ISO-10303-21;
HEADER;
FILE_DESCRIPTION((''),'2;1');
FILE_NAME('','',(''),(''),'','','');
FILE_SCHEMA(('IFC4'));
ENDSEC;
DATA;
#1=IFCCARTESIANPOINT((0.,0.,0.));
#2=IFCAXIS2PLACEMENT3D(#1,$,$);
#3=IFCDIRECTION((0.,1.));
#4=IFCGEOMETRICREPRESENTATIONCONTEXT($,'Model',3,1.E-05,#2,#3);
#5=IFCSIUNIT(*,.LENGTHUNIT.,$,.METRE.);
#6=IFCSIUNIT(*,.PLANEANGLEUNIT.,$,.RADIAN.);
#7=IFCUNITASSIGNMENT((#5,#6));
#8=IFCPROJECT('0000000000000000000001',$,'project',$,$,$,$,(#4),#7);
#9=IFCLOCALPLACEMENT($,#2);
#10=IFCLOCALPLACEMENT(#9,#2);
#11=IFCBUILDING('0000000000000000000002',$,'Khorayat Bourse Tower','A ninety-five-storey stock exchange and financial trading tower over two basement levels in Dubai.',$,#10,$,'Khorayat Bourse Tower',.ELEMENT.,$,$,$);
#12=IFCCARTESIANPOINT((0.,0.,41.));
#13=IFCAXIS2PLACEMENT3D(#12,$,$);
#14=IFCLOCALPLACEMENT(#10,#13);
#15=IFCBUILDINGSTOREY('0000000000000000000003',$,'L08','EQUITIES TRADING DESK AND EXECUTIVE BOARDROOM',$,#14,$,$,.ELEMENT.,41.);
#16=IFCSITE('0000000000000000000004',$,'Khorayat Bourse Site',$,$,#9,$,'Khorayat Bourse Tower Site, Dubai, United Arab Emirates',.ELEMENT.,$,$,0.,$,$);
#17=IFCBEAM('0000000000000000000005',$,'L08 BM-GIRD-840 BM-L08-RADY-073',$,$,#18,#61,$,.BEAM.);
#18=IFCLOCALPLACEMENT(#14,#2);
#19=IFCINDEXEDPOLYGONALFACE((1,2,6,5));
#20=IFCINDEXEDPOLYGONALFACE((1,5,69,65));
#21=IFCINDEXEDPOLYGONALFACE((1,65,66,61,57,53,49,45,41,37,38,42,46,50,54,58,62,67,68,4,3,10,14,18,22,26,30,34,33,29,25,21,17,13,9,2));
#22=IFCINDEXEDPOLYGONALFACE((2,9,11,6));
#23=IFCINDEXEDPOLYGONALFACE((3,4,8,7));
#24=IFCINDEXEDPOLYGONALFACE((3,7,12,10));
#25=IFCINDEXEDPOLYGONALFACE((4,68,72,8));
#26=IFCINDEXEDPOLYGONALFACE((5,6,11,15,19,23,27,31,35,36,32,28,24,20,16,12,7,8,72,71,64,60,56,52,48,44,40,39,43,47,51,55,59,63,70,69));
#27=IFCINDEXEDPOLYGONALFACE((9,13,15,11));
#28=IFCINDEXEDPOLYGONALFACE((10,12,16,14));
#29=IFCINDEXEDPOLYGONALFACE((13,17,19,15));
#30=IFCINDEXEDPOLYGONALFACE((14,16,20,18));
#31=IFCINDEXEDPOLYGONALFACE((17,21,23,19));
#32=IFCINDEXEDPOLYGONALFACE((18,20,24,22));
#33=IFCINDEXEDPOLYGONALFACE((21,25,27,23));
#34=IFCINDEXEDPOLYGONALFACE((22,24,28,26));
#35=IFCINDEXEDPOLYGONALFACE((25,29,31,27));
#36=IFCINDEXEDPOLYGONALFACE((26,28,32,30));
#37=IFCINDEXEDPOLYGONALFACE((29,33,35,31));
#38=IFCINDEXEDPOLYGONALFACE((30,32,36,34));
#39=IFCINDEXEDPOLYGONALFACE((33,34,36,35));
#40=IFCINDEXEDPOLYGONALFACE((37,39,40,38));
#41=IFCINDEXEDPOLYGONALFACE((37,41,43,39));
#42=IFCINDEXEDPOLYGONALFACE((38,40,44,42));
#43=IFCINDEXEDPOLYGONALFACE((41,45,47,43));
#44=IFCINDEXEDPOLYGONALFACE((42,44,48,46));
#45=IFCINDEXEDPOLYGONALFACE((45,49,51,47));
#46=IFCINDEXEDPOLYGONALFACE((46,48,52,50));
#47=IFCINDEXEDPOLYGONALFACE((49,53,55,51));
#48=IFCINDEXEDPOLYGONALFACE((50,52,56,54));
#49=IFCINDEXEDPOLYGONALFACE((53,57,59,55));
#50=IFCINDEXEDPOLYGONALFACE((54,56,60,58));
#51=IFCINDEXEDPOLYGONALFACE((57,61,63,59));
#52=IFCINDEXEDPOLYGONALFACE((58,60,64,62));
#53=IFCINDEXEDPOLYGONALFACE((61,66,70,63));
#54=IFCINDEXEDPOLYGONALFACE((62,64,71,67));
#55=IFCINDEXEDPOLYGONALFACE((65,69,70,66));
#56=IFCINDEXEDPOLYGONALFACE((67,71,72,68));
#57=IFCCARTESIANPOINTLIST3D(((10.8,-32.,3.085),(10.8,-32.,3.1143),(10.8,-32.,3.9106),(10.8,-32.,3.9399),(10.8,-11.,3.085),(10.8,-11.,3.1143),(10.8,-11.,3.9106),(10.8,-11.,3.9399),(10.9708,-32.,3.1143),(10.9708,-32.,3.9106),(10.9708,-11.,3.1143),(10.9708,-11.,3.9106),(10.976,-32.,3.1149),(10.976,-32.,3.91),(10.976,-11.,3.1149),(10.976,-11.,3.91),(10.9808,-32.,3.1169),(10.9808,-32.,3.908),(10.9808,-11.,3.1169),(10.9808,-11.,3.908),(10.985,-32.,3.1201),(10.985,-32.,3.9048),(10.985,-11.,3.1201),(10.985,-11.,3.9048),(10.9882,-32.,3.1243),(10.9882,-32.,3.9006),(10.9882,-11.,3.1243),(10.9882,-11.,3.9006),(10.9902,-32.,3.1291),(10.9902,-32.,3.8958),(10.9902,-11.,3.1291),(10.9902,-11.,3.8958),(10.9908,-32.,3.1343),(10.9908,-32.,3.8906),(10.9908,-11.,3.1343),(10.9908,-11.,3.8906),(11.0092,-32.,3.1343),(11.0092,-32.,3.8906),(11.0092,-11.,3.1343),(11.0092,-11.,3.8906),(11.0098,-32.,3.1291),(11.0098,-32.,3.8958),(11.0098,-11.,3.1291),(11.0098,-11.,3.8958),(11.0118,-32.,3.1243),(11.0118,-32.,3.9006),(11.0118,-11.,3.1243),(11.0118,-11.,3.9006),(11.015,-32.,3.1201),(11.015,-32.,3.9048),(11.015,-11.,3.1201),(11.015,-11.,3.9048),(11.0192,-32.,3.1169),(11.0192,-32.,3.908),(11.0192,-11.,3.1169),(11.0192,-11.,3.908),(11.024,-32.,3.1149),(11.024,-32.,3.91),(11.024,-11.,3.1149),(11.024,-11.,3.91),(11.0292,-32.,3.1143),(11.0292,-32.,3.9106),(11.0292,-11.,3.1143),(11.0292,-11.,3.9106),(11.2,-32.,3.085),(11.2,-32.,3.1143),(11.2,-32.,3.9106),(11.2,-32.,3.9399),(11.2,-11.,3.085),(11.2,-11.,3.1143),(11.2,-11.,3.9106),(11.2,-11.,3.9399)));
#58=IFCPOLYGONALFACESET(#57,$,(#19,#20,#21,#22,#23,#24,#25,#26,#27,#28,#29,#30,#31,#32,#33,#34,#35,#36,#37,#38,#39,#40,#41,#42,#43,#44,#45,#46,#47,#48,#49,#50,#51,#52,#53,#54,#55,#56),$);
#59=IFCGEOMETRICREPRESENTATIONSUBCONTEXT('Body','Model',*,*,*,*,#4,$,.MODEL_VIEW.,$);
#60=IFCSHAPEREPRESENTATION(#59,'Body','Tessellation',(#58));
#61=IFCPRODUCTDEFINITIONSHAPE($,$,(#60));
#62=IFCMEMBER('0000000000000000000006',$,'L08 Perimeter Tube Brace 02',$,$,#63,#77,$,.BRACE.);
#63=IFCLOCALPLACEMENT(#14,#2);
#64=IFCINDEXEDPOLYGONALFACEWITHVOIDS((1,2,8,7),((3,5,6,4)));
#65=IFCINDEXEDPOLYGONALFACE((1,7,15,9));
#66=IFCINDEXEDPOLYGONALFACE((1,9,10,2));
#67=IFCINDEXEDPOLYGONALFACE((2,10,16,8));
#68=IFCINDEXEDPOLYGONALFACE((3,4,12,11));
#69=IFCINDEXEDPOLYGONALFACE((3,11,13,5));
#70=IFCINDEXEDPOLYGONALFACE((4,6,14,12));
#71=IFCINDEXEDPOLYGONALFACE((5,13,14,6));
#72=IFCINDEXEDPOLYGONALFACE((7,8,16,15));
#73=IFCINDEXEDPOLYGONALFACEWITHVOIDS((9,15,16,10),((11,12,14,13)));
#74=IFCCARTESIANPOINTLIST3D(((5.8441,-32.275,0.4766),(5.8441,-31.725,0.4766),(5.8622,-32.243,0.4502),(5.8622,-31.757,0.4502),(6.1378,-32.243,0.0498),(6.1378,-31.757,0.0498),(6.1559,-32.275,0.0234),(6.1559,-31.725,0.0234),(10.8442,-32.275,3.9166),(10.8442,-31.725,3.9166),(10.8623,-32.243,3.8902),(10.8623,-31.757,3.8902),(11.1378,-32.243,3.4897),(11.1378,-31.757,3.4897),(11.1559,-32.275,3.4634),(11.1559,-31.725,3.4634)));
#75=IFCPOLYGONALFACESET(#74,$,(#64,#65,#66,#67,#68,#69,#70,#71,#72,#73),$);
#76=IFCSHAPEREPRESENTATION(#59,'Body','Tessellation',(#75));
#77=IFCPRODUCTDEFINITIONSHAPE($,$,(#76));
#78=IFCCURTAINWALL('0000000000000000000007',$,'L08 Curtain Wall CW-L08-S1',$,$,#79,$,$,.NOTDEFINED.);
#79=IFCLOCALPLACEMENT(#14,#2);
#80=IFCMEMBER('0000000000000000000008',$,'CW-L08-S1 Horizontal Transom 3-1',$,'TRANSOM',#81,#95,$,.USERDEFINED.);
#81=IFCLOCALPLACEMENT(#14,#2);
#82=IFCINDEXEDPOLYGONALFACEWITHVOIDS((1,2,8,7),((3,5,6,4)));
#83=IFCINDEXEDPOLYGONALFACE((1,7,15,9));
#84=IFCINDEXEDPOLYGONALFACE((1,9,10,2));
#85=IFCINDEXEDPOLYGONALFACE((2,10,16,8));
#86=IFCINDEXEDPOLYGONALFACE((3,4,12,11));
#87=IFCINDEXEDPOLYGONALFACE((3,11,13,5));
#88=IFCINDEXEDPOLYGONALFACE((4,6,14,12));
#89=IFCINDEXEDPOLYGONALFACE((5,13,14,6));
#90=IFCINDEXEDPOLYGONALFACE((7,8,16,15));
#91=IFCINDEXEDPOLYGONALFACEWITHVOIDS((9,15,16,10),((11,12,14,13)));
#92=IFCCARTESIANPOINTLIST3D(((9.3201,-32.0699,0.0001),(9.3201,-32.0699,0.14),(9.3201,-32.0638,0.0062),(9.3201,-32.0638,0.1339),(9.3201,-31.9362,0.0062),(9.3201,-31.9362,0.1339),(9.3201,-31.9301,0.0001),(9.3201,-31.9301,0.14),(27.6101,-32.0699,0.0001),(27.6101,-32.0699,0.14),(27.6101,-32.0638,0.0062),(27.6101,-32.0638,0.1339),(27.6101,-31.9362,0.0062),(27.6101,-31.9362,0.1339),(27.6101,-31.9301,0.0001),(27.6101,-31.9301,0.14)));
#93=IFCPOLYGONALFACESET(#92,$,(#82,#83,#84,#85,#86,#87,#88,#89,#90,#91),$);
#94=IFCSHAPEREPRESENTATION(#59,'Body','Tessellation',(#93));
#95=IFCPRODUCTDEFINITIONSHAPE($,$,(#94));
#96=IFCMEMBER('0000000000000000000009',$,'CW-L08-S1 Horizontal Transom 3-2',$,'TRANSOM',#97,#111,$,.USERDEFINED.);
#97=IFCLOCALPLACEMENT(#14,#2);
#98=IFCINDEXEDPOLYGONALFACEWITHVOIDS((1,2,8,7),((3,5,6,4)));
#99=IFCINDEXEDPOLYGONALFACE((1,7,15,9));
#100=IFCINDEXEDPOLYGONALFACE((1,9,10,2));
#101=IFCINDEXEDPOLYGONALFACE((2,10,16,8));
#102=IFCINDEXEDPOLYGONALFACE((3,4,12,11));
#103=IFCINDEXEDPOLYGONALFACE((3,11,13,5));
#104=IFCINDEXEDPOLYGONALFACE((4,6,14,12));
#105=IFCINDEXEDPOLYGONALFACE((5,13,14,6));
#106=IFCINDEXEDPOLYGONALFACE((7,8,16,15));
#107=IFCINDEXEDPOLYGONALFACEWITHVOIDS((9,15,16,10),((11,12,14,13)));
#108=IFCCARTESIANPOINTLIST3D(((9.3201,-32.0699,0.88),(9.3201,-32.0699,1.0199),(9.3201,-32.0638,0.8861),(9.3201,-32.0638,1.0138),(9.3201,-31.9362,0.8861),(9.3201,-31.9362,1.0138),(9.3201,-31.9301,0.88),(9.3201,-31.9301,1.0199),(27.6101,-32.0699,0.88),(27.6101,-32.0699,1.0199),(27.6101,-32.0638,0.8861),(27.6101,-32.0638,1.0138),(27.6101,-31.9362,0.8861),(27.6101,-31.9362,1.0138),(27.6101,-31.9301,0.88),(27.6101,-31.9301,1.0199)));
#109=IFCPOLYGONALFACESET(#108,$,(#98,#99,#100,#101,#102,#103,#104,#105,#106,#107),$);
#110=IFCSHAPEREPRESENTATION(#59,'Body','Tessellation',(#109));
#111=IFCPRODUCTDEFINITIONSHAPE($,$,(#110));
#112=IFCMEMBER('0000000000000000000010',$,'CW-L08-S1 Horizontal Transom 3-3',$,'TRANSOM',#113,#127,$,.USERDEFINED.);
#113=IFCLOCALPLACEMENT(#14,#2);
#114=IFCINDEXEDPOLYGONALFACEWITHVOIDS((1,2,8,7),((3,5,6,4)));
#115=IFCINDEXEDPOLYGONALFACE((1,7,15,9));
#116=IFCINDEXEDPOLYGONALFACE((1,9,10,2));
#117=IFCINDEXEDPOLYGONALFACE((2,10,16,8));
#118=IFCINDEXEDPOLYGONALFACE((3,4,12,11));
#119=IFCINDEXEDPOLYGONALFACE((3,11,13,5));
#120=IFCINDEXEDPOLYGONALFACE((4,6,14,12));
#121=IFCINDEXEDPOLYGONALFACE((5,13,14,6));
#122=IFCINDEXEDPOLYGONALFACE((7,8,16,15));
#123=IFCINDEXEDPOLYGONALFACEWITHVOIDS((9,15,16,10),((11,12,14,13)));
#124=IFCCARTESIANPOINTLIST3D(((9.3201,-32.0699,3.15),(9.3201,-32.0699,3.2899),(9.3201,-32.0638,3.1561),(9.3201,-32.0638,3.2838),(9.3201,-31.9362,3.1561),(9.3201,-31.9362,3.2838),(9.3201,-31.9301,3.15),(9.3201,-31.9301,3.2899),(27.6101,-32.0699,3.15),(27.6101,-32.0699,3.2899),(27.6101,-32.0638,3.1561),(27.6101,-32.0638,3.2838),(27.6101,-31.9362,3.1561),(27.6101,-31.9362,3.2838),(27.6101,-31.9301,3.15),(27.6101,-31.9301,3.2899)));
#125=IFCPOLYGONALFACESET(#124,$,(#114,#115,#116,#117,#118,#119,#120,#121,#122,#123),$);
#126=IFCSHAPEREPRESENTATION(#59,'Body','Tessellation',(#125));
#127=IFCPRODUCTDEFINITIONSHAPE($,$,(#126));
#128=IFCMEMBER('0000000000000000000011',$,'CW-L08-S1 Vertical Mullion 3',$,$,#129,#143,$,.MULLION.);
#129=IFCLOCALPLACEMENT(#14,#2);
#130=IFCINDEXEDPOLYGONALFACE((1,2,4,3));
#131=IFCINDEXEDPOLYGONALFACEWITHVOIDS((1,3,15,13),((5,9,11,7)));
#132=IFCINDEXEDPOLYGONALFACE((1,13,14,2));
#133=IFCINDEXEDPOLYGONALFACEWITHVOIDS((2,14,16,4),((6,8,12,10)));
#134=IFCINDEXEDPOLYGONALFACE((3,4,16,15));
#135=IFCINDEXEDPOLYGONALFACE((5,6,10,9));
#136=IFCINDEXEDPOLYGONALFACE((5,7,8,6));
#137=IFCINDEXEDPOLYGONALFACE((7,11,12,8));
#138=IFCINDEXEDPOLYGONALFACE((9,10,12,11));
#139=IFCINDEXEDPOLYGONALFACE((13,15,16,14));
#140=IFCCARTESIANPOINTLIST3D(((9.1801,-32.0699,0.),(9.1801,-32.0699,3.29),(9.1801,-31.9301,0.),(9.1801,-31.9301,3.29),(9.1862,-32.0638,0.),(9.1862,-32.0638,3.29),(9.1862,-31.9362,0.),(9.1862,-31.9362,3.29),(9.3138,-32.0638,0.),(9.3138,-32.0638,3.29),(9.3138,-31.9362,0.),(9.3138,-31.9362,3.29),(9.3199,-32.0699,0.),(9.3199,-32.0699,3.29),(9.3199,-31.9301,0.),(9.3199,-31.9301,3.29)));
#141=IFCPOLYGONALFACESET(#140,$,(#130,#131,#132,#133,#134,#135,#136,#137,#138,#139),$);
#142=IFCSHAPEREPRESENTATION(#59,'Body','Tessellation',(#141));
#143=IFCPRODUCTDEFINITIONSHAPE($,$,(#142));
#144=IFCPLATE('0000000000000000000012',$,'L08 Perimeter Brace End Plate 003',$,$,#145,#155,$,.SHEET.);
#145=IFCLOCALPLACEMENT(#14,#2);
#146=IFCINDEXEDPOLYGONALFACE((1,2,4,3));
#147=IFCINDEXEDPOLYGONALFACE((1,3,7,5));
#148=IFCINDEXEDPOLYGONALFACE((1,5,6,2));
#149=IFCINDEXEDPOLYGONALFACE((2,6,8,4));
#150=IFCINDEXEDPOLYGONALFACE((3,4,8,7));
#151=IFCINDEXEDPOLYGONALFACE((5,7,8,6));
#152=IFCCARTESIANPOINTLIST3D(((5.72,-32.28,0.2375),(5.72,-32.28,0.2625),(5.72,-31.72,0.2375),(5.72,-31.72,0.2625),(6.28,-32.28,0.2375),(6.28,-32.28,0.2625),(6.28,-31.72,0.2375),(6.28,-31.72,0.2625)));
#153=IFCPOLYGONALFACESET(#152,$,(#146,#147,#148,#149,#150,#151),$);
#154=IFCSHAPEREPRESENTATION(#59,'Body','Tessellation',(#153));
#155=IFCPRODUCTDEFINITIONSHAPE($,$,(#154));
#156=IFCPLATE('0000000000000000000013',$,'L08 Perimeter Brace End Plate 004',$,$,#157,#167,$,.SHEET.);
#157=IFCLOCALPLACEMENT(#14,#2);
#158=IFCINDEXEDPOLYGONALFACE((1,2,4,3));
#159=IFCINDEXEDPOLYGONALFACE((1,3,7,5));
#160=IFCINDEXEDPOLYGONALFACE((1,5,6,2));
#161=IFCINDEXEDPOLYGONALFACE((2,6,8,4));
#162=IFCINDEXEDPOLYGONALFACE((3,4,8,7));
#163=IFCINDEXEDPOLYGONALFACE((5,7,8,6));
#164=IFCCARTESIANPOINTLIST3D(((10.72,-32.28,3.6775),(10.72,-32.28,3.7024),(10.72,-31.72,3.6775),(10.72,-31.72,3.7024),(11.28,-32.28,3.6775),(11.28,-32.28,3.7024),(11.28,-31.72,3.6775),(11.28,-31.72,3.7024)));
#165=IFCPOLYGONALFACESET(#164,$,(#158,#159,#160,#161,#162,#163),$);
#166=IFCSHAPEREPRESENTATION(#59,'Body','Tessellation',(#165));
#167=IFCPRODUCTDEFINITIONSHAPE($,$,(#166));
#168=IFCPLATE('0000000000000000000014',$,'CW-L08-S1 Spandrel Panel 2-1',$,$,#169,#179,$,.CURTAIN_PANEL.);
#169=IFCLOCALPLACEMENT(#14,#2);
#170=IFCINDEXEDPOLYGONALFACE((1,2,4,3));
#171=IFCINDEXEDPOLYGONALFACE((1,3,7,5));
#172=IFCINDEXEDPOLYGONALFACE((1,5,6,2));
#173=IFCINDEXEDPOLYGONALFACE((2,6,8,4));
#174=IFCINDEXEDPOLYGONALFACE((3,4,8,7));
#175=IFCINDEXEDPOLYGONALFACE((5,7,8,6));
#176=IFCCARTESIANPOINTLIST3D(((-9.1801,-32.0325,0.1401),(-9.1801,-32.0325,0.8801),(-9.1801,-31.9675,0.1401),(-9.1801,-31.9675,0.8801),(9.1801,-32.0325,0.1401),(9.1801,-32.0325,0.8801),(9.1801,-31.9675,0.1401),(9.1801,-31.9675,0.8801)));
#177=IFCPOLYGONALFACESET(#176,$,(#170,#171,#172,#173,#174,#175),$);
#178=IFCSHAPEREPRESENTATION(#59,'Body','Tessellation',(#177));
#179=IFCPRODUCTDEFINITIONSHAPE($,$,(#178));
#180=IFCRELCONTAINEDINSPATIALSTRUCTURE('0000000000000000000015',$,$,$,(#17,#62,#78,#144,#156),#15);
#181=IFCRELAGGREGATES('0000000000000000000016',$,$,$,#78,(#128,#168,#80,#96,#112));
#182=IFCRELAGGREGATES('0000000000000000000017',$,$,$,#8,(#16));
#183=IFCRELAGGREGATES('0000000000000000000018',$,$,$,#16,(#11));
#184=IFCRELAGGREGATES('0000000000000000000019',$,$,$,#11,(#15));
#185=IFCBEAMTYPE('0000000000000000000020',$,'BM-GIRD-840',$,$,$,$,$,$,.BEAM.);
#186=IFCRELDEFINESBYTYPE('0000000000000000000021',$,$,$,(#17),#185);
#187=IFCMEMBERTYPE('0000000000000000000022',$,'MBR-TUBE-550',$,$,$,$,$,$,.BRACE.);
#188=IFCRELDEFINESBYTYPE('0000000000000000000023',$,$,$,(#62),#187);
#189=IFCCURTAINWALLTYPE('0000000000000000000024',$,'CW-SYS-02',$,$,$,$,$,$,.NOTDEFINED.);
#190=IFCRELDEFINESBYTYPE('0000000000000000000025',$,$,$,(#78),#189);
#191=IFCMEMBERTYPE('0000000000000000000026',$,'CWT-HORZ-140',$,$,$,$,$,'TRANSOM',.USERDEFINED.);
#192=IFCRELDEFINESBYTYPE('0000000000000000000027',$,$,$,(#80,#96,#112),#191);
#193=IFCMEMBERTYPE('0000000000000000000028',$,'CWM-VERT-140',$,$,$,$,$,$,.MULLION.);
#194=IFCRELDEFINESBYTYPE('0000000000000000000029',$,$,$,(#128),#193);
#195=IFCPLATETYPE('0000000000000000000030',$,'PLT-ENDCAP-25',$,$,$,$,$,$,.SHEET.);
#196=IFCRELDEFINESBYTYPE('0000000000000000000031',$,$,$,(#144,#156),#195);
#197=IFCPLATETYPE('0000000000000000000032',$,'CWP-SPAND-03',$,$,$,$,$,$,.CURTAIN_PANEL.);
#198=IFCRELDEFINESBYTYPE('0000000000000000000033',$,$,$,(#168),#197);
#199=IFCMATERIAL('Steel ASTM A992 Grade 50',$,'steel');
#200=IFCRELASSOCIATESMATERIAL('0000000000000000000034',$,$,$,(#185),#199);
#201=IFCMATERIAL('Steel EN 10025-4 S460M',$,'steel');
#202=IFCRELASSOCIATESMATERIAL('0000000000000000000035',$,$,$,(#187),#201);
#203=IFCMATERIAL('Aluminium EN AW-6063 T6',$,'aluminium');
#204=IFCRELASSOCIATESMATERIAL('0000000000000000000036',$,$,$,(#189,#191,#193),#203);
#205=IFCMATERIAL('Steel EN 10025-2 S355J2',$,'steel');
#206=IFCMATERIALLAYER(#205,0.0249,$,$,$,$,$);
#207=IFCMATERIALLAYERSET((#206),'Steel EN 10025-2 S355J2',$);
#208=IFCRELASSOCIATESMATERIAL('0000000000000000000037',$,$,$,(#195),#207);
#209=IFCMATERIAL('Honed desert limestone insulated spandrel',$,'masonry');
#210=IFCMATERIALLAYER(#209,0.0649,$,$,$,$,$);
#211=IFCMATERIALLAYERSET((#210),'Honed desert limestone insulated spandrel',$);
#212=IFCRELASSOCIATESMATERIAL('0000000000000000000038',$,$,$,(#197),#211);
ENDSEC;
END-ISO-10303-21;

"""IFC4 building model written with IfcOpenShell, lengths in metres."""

from ifc_helpers import new_model, si_unit, direction, frame, origin, origin_2d, place, context, subcontext, project, spatial, rectangle, hollow_rectangle, i_section, extrude, source, transform, mapped, material, layer, layer_set, material_profile, profile_set, type_object, element, aggregate, save


model = new_model("IFC4")

# Units and contexts
model_context = context("Model", 3, precision=1e-05, world=origin(), true_north=direction((0.0, 1.0)))
body_context = subcontext(model_context, "Body", "Model", "MODEL_VIEW")
ifc_project = project(units=[si_unit("LENGTHUNIT", "METRE"), si_unit("PLANEANGLEUNIT", "RADIAN")], contexts=[model_context])

# Site, building, storey
site_placement = place(None, origin())
site = spatial("IfcSite", under=ifc_project, at=site_placement, Name="Khorayat Bourse Site", LongName="Khorayat Bourse Tower Site, Dubai, United Arab Emirates", CompositionType="ELEMENT", RefElevation=0.0)
building_placement = place(site_placement, origin())
building = spatial("IfcBuilding", under=site, at=building_placement, Name="Khorayat Bourse Tower", Description="A ninety-five-storey stock exchange and financial trading tower over two basement levels in Dubai.", LongName="Khorayat Bourse Tower", CompositionType="ELEMENT")
storey_placement = place(building_placement, frame((0.0, 0.0, 41.0)))
storey = spatial("IfcBuildingStorey", under=building, at=storey_placement, Name="L08", Description="EQUITIES TRADING DESK AND EXECUTIVE BOARDROOM", CompositionType="ELEMENT", Elevation=41.0)

# Shared definitions
ifc_material_1 = material(Name="Steel EN 10025-4 S460M", Category="steel")

# Beam
ifc_material_2 = material(Name="Steel ASTM A992 Grade 50", Category="steel")
ifc_material_profile_1 = material_profile(ifc_material_2, i_section(OverallWidth=0.3999, OverallDepth=0.855, WebThickness=0.0183, FlangeThickness=0.0293, FilletRadius=0.02, at=origin_2d()), Name="W840X299")
ifc_profile_set_1 = profile_set([ifc_material_profile_1], Name="Steel ASTM A992 Grade 50")
beam_type_1 = type_object("IfcBeamType", Name="BM-GIRD-840", PredefinedType="BEAM", material=ifc_profile_set_1)
shared_shape_1 = source(origin(), body_context, "Body", "SweptSolid", [
    extrude(i_section(OverallWidth=0.3999, OverallDepth=0.855, WebThickness=0.0183, FlangeThickness=0.0293, FilletRadius=0.02, at=origin_2d()), origin(), (0.0, 0.0, 1.0), 21.0),
])
for number, where, z_axis, x_axis, name in (
    (1, (11.0, -32.0, 3.5125), (0.0, 1.0, 0.0), (-1.0, 0.0, 0.0), "L08 BM-GIRD-840 BM-L08-RADY-073"),
):
    element("IfcBeam", number, at=place(storey_placement, frame(where, z_axis=z_axis, x_axis=x_axis)), inside=storey, type_object=beam_type_1, Name=name, PredefinedType="BEAM", context=body_context, shape_type="MappedRepresentation", body=[
        mapped(shared_shape_1, transform((0.0, 0.0, 0.0), scale=1.0)),
    ])

# Member
ifc_material_profile_2 = material_profile(ifc_material_1, hollow_rectangle(XDim=0.55, YDim=0.55, WallThickness=0.032, at=origin_2d()), Name="HSS 550x550x32")
ifc_profile_set_2 = profile_set([ifc_material_profile_2], Name="Steel EN 10025-4 S460M")
member_type_1 = type_object("IfcMemberType", Name="MBR-TUBE-550", PredefinedType="BRACE", material=ifc_profile_set_2)
shared_shape_2 = source(origin(), body_context, "Body", "SweptSolid", [
    extrude(hollow_rectangle(XDim=0.55, YDim=0.55, WallThickness=0.032, at=origin_2d()), origin(), (0.0, 0.0, 1.0), 6.0691),
])
member_1_placement = place(storey_placement, frame((6.0, -32.0, 0.25), z_axis=(0.823854, 0.0, 0.566802), x_axis=(0.0, 1.0, 0.0)))
element("IfcMember", 2, at=member_1_placement, inside=storey, type_object=member_type_1, Name="L08 Perimeter Tube Brace 02", PredefinedType="BRACE", context=body_context, shape_type="MappedRepresentation", body=[
    mapped(shared_shape_2, transform((0.0, 0.0, 0.0), scale=1.0)),
])

# Curtain wall, members
ifc_material_3 = material(Name="Aluminium EN AW-6063 T6", Category="aluminium")
curtain_wall_type = type_object("IfcCurtainWallType", Name="CW-SYS-02", PredefinedType="NOTDEFINED", material=ifc_material_3)
curtain_wall_placement = place(storey_placement, origin())
curtain_wall = element("IfcCurtainWall", 3, at=curtain_wall_placement, inside=storey, type_object=curtain_wall_type, Name="L08 Curtain Wall CW-L08-S1", PredefinedType="NOTDEFINED")
ifc_material_profile_3 = material_profile(ifc_material_3, hollow_rectangle(XDim=0.1399, YDim=0.1399, WallThickness=0.0061, at=origin_2d()), Name="ALU 140x140x6")
ifc_profile_set_3 = profile_set([ifc_material_profile_3], Name="Aluminium EN AW-6063 T6")
member_type_2 = type_object("IfcMemberType", Name="CWT-HORZ-140", ElementType="TRANSOM", PredefinedType="USERDEFINED", material=ifc_profile_set_3)
shared_shape_3 = source(origin(), body_context, "Body", "SweptSolid", [
    extrude(hollow_rectangle(XDim=0.1399, YDim=0.1399, WallThickness=0.0061, at=origin_2d()), origin(), (0.0, 0.0, 1.0), 18.29),
])
member_2_placement = place(storey_placement, frame((9.3201, -32.0, 0.0701), z_axis=(1.0, 0.0, 0.0), x_axis=(0.0, 1.0, 0.0)))
member_2 = element("IfcMember", 4, at=member_2_placement, type_object=member_type_2, Name="CW-L08-S1 Horizontal Transom 3-1", ObjectType="TRANSOM", PredefinedType="USERDEFINED", context=body_context, shape_type="MappedRepresentation", body=[
    mapped(shared_shape_3, transform((0.0, 0.0, 0.0), scale=1.0)),
])
member_3_placement = place(storey_placement, frame((9.3201, -32.0, 0.95), z_axis=(1.0, 0.0, 0.0), x_axis=(0.0, 1.0, 0.0)))
member_3 = element("IfcMember", 5, at=member_3_placement, type_object=member_type_2, Name="CW-L08-S1 Horizontal Transom 3-2", ObjectType="TRANSOM", PredefinedType="USERDEFINED", context=body_context, shape_type="MappedRepresentation", body=[
    mapped(shared_shape_3, transform((0.0, 0.0, 0.0), scale=1.0)),
])
member_4_placement = place(storey_placement, frame((9.3201, -32.0, 3.22), z_axis=(1.0, 0.0, 0.0), x_axis=(0.0, 1.0, 0.0)))
member_4 = element("IfcMember", 6, at=member_4_placement, type_object=member_type_2, Name="CW-L08-S1 Horizontal Transom 3-3", ObjectType="TRANSOM", PredefinedType="USERDEFINED", context=body_context, shape_type="MappedRepresentation", body=[
    mapped(shared_shape_3, transform((0.0, 0.0, 0.0), scale=1.0)),
])
ifc_material_profile_4 = material_profile(ifc_material_3, hollow_rectangle(XDim=0.1399, YDim=0.1399, WallThickness=0.0061, at=origin_2d()), Name="ALU 140x140x6")
ifc_profile_set_4 = profile_set([ifc_material_profile_4], Name="Aluminium EN AW-6063 T6")
member_type_3 = type_object("IfcMemberType", Name="CWM-VERT-140", PredefinedType="MULLION", material=ifc_profile_set_4)
shared_shape_4 = source(origin(), body_context, "Body", "SweptSolid", [
    extrude(hollow_rectangle(XDim=0.1399, YDim=0.1399, WallThickness=0.0061, at=origin_2d()), origin(), (0.0, 0.0, 1.0), 3.29),
])
member_5_placement = place(storey_placement, frame((9.25, -32.0, 0.0), z_axis=(0.0, 0.0, 1.0), x_axis=(0.0, 1.0, 0.0)))
member_5 = element("IfcMember", 7, at=member_5_placement, type_object=member_type_3, Name="CW-L08-S1 Vertical Mullion 3", PredefinedType="MULLION", context=body_context, shape_type="MappedRepresentation", body=[
    mapped(shared_shape_4, transform((0.0, 0.0, 0.0), scale=1.0)),
])

# Plates
ifc_material_4 = material(Name="Steel EN 10025-2 S355J2", Category="steel")
ifc_layer_1 = layer(ifc_material_4, 0.0249)
ifc_layer_set_1 = layer_set([ifc_layer_1], Name="Steel EN 10025-2 S355J2")
plate_type_1 = type_object("IfcPlateType", Name="PLT-ENDCAP-25", PredefinedType="SHEET", material=ifc_layer_set_1)
shared_shape_5 = source(origin(), body_context, "Body", "SweptSolid", [
    extrude(rectangle(XDim=0.5601, YDim=0.5601, at=origin_2d()), origin(), (0.0, 0.0, 1.0), 0.0249),
])
for number, where, z_axis, x_axis, name in (
    (8, (6.0, -32.0, 0.2375), (0.0, 0.0, 1.0), (1.0, 0.0, 0.0), "L08 Perimeter Brace End Plate 003"),
    (9, (11.0, -32.0, 3.6775), (0.0, 0.0, 1.0), (1.0, 0.0, 0.0), "L08 Perimeter Brace End Plate 004"),
):
    element("IfcPlate", number, at=place(storey_placement, frame(where, z_axis=z_axis, x_axis=x_axis)), inside=storey, type_object=plate_type_1, Name=name, PredefinedType="SHEET", context=body_context, shape_type="MappedRepresentation", body=[
        mapped(shared_shape_5, transform((0.0, 0.0, 0.0), scale=1.0)),
    ])

# Plate
ifc_material_5 = material(Name="Honed desert limestone insulated spandrel", Category="masonry")
ifc_layer_2 = layer(ifc_material_5, 0.0649)
ifc_layer_set_2 = layer_set([ifc_layer_2], Name="Honed desert limestone insulated spandrel")
plate_type_2 = type_object("IfcPlateType", Name="CWP-SPAND-03", PredefinedType="CURTAIN_PANEL", material=ifc_layer_set_2)
shared_shape_6 = source(origin(), body_context, "Body", "SweptSolid", [
    extrude(rectangle(XDim=18.3601, YDim=0.0649, at=origin_2d()), origin(), (0.0, 0.0, 1.0), 0.74),
])
plate_1_placement = place(storey_placement, frame((0.0, -32.0, 0.1401), z_axis=(0.0, 0.0, 1.0), x_axis=(1.0, 0.0, 0.0)))
plate_1 = element("IfcPlate", 10, at=plate_1_placement, type_object=plate_type_2, Name="CW-L08-S1 Spandrel Panel 2-1", PredefinedType="CURTAIN_PANEL", context=body_context, shape_type="MappedRepresentation", body=[
    mapped(shared_shape_6, transform((0.0, 0.0, 0.0), scale=1.0)),
])
aggregate(curtain_wall, [member_5, plate_1, member_2, member_3, member_4])

save(model, "model.ifc")
